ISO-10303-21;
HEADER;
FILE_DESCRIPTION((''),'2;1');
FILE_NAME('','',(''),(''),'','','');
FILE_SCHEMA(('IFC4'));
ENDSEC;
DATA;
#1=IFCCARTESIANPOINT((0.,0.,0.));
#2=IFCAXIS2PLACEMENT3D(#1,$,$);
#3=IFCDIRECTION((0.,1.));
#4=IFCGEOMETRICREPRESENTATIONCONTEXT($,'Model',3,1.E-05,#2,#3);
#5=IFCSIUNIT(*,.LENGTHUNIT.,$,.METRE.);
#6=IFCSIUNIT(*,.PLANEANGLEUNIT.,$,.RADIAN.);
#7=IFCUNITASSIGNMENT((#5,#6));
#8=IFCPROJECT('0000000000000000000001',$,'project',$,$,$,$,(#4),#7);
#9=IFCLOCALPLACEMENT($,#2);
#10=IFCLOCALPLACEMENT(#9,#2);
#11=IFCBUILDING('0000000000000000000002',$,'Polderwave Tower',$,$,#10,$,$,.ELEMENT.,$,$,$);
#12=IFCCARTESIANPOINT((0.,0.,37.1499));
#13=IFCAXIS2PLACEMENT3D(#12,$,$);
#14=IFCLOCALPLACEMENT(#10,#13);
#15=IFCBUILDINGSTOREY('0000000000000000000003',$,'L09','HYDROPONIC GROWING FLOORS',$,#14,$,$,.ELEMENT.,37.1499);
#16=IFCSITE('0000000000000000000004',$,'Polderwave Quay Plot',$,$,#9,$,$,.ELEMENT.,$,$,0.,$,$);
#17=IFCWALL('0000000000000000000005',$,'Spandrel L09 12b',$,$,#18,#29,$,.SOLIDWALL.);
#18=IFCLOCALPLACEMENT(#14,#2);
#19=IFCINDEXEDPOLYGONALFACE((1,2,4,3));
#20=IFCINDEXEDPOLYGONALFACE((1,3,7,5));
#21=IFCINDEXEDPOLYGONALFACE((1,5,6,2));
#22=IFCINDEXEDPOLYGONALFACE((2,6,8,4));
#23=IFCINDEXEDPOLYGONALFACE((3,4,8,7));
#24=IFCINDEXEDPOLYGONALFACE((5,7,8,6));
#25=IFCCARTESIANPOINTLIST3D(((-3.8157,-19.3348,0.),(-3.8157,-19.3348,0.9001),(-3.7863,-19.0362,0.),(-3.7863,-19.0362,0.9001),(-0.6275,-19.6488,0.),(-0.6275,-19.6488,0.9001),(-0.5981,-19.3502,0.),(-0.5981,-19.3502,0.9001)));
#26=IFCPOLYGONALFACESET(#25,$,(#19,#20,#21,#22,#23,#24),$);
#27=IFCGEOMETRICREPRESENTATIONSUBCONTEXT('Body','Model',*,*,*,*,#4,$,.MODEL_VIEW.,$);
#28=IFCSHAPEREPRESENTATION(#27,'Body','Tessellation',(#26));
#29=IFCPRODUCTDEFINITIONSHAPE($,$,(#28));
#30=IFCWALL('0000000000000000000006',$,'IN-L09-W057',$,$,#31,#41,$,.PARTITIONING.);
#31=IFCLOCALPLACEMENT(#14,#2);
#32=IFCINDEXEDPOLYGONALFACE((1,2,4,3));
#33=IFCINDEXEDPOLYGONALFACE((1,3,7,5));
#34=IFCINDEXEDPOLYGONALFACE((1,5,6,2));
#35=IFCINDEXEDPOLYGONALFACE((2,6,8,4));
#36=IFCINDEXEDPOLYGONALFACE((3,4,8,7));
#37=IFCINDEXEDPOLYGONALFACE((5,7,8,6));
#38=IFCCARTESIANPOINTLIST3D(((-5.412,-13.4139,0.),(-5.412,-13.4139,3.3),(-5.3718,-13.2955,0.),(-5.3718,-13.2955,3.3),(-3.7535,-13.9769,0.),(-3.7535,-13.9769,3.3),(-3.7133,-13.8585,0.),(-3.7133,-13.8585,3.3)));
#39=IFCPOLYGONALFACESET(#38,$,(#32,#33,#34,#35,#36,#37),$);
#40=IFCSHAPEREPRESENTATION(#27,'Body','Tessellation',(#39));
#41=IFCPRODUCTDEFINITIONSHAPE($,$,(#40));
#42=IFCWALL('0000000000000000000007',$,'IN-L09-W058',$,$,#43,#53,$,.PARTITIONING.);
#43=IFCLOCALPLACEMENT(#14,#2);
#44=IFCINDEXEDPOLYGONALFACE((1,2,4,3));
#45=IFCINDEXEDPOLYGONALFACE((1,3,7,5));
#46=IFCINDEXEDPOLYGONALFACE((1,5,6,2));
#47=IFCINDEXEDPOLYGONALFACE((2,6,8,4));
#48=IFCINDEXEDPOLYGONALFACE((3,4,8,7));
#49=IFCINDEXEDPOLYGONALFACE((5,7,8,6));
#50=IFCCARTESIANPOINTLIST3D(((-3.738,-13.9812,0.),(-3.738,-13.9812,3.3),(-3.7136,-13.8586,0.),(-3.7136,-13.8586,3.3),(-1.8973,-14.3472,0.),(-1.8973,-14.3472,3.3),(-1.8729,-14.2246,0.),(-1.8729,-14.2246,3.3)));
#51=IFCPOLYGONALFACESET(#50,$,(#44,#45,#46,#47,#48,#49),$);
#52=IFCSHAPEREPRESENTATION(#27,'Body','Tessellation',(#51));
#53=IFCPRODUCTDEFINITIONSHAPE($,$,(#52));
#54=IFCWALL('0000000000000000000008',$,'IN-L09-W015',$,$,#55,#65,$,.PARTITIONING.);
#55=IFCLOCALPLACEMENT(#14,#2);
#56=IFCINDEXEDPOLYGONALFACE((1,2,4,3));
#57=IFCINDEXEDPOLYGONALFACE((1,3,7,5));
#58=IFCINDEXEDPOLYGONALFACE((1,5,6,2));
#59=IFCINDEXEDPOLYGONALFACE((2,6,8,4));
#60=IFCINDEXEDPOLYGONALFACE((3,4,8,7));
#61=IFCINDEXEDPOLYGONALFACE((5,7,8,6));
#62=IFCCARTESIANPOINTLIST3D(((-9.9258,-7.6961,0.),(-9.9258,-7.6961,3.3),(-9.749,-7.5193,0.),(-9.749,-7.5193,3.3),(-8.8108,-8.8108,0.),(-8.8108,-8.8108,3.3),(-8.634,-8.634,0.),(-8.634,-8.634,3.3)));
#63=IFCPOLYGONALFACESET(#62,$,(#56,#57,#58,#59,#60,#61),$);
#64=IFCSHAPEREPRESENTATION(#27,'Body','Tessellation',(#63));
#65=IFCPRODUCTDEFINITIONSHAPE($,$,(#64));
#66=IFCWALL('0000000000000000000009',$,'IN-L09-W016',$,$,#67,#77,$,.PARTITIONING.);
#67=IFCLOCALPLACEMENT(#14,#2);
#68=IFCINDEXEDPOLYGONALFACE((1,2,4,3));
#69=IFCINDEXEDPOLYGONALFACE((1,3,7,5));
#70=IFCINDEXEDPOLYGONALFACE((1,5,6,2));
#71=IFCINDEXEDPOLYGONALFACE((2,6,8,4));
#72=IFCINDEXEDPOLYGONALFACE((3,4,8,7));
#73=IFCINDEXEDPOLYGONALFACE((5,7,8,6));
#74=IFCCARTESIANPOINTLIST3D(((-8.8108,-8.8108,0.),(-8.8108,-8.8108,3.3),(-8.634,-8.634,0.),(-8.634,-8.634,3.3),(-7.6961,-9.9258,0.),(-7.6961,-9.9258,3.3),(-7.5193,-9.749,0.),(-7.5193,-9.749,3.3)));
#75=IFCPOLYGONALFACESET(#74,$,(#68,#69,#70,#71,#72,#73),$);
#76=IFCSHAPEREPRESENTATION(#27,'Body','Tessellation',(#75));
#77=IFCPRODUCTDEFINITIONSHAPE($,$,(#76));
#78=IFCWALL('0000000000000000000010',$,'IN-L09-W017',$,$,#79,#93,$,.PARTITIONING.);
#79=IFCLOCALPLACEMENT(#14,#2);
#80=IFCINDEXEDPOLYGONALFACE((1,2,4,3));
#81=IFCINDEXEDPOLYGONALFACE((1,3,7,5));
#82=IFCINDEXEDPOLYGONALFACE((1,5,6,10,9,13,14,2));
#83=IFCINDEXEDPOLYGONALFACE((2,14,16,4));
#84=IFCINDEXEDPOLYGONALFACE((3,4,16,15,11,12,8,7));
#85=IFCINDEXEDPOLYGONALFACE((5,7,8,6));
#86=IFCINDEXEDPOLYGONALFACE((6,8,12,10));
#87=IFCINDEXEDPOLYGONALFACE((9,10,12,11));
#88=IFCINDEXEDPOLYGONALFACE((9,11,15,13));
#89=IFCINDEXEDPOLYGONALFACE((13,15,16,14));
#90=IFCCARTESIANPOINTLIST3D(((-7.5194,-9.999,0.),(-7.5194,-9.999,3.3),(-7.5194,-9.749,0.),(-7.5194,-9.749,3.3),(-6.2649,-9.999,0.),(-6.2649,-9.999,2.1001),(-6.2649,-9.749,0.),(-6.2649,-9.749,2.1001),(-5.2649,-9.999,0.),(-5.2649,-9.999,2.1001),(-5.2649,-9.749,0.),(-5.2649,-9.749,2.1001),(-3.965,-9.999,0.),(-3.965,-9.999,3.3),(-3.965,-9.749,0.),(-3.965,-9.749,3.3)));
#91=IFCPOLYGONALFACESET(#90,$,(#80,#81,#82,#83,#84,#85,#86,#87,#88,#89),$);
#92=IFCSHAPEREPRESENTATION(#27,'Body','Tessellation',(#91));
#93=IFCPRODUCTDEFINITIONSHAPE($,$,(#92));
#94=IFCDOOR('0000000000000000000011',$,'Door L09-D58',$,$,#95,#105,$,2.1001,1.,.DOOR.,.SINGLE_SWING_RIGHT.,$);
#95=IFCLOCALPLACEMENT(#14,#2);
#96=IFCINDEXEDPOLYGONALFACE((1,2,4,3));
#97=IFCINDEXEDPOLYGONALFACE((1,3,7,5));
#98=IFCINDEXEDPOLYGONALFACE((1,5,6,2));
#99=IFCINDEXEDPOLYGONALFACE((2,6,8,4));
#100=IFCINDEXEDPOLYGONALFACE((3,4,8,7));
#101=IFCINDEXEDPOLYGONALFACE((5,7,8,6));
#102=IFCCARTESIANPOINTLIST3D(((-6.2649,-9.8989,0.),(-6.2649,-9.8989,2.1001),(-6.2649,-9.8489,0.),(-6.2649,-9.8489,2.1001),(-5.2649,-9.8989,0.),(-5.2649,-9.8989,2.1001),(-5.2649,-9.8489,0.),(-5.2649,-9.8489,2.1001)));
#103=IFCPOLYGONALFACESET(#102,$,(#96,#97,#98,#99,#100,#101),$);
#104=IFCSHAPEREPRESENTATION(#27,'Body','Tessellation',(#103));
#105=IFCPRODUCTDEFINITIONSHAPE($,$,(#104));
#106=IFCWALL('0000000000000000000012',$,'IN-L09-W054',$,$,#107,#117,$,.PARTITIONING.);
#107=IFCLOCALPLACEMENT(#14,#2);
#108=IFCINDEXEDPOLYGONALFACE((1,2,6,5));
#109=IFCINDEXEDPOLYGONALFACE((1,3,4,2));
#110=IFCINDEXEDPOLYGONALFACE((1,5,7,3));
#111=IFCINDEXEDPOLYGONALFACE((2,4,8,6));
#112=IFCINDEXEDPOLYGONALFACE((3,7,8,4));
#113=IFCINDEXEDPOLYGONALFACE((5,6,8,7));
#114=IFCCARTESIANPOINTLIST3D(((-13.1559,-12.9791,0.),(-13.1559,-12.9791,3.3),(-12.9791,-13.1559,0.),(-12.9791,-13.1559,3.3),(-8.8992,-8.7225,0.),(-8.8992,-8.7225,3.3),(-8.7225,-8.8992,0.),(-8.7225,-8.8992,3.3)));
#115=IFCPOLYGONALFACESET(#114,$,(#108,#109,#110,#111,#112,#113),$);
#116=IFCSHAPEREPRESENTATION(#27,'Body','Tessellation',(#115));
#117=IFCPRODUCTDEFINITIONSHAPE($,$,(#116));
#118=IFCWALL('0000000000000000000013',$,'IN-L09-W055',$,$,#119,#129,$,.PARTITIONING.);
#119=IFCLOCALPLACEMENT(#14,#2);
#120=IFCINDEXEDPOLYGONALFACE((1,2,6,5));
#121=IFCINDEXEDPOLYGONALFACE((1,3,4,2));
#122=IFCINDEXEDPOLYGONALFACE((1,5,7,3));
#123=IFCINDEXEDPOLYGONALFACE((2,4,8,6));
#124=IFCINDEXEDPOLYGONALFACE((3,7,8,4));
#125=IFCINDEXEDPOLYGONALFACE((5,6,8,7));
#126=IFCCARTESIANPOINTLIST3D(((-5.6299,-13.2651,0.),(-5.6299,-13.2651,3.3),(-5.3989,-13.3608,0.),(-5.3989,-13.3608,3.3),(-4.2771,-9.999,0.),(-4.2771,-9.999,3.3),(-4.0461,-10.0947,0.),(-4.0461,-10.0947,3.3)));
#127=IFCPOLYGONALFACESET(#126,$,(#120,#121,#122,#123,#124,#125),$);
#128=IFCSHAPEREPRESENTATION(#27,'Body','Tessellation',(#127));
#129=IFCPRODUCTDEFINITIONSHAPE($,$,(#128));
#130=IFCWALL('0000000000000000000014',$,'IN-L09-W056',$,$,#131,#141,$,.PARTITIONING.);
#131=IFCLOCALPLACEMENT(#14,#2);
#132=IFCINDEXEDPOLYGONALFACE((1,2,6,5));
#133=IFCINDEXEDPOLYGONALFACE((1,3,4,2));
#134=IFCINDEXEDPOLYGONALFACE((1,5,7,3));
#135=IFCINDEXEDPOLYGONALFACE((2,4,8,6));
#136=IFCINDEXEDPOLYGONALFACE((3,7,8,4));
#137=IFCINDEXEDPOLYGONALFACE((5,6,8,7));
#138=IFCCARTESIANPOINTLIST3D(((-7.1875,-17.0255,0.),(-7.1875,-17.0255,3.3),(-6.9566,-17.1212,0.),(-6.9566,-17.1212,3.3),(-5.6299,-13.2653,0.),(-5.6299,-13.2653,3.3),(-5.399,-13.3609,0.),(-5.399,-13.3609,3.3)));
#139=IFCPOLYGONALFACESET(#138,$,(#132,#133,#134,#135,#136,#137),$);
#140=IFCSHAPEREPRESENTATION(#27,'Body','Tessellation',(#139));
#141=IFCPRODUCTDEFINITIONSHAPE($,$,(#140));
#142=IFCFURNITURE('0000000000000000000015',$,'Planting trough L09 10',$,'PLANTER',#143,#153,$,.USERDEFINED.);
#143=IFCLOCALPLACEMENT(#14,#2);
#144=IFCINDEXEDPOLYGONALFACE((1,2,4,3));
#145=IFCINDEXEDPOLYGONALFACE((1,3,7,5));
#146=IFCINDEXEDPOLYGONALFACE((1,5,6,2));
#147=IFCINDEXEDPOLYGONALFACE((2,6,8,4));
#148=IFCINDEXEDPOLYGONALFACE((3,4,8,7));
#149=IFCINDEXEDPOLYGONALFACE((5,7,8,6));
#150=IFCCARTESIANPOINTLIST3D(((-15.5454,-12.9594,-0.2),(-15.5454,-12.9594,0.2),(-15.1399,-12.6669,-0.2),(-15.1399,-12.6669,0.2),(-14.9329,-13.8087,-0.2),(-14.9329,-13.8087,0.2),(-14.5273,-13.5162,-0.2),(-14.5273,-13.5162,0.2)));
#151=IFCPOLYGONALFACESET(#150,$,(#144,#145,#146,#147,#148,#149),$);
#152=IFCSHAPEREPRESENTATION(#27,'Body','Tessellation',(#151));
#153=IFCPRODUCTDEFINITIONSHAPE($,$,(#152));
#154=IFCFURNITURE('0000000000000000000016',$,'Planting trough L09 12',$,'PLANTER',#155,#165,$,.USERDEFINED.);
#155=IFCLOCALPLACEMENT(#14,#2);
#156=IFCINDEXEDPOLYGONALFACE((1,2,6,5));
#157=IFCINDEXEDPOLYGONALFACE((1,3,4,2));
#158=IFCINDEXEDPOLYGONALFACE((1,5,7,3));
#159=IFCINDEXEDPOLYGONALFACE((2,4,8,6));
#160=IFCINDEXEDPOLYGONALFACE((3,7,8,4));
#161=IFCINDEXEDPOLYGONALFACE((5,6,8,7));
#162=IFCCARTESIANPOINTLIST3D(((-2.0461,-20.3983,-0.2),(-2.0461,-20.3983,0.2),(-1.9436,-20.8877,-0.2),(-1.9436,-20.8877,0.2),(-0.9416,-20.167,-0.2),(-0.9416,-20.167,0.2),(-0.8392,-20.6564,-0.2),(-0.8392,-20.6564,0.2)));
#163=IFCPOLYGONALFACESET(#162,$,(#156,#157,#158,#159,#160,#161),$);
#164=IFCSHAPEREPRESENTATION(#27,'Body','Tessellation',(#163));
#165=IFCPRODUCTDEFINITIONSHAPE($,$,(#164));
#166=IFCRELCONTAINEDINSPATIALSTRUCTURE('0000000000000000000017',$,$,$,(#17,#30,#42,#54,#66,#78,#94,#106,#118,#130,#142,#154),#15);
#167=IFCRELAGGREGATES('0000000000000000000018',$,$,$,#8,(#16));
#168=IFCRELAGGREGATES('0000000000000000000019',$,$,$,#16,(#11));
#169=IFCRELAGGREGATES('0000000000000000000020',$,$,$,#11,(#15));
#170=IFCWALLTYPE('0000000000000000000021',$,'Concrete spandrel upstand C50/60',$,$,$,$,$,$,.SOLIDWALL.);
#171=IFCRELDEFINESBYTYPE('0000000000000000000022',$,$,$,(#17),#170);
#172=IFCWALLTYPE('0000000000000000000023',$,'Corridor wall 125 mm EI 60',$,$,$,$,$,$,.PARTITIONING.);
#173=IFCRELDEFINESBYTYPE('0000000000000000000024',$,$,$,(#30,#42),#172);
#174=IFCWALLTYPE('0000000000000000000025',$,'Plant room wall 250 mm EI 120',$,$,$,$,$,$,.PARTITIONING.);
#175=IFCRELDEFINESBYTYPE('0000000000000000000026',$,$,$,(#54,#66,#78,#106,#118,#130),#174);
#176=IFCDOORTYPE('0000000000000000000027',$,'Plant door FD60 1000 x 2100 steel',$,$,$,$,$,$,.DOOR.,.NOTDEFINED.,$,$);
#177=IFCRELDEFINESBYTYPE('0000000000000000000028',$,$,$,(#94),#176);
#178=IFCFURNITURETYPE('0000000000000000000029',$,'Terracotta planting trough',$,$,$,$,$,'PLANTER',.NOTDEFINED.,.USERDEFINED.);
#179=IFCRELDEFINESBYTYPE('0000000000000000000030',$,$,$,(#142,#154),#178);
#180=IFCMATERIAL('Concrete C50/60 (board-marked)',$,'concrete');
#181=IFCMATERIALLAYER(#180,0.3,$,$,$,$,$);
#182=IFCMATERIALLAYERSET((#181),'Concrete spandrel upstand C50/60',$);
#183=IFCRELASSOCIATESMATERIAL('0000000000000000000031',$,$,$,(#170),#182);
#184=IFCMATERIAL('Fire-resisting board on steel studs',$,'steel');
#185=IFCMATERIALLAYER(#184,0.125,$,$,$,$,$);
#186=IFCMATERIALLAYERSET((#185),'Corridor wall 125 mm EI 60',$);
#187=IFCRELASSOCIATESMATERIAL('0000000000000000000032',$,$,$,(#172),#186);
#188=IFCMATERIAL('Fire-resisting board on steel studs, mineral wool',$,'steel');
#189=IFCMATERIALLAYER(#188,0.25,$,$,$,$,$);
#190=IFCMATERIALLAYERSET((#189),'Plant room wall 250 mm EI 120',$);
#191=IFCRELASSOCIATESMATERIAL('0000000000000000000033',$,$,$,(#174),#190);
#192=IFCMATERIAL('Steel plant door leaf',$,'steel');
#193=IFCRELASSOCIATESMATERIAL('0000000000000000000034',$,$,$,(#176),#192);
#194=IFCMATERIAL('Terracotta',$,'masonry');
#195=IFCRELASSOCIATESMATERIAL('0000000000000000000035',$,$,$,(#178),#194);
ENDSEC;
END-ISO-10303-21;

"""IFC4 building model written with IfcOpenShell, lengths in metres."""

from ifc_helpers import new_model, si_unit, direction, frame, frame_2d, origin, origin_2d, place, context, subcontext, project, spatial, rectangle, extrude, material, layer, layer_set, type_object, element, fill, save


model = new_model("IFC4")

# Units and contexts
model_context = context("Model", 3, precision=1e-05, world=origin(), true_north=direction((0.0, 1.0)))
body_context = subcontext(model_context, "Body", "Model", "MODEL_VIEW")
ifc_project = project(units=[si_unit("LENGTHUNIT", "METRE"), si_unit("PLANEANGLEUNIT", "RADIAN")], contexts=[model_context])

# Site, building, storey
site_placement = place(None, origin())
site = spatial("IfcSite", under=ifc_project, at=site_placement, Name="Polderwave Quay Plot", CompositionType="ELEMENT", RefElevation=0.0)
building_placement = place(site_placement, origin())
building = spatial("IfcBuilding", under=site, at=building_placement, Name="Polderwave Tower", CompositionType="ELEMENT")
storey_placement = place(building_placement, frame((0.0, 0.0, 37.1499)))
storey = spatial("IfcBuildingStorey", under=building, at=storey_placement, Name="L09", Description="HYDROPONIC GROWING FLOORS", CompositionType="ELEMENT", Elevation=37.1499)

# Walls
ifc_material_1 = material(Name="Concrete C50/60 (board-marked)", Category="concrete")
ifc_layer_1 = layer(ifc_material_1, 0.3)
ifc_layer_set_1 = layer_set([ifc_layer_1], Name="Concrete spandrel upstand C50/60")
wall_type_1 = type_object("IfcWallType", Name="Concrete spandrel upstand C50/60", PredefinedType="SOLIDWALL", material=ifc_layer_set_1)
wall_1_placement = place(storey_placement, frame((-3.801, -19.1855, 0.0), z_axis=(0.0, 0.0, 1.0), x_axis=(0.995186, -0.098002, 0.0)))
element("IfcWall", 1, at=wall_1_placement, inside=storey, type_object=wall_type_1, Name="Spandrel L09 12b", PredefinedType="SOLIDWALL", context=body_context, shape_type="SweptSolid", body=[
    extrude(rectangle(XDim=3.2036, YDim=0.3, at=frame_2d((1.6018, 0.0))), origin(), (0.0, 0.0, 1.0), 0.9001),
])
ifc_material_2 = material(Name="Fire-resisting board on steel studs", Category="steel")
ifc_layer_2 = layer(ifc_material_2, 0.125)
ifc_layer_set_2 = layer_set([ifc_layer_2], Name="Corridor wall 125 mm EI 60")
wall_type_2 = type_object("IfcWallType", Name="Corridor wall 125 mm EI 60", PredefinedType="PARTITIONING", material=ifc_layer_set_2)
wall_2_placement = place(storey_placement, frame((-3.7334, -13.9177, 0.0), z_axis=(0.0, 0.0, 1.0), x_axis=(-0.946926, 0.32145, 0.0)))
element("IfcWall", 2, at=wall_2_placement, inside=storey, type_object=wall_type_2, Name="IN-L09-W057", PredefinedType="PARTITIONING", context=body_context, shape_type="SweptSolid", body=[
    extrude(rectangle(XDim=1.7515, YDim=0.125, at=frame_2d((0.8757, 0.0))), origin(), (0.0, 0.0, 1.0), 3.3),
])
wall_3_placement = place(storey_placement, frame((-1.885, -14.2859, 0.0), z_axis=(0.0, 0.0, 1.0), x_axis=(-0.9808, 0.195015, 0.0)))
element("IfcWall", 3, at=wall_3_placement, inside=storey, type_object=wall_type_2, Name="IN-L09-W058", PredefinedType="PARTITIONING", context=body_context, shape_type="SweptSolid", body=[
    extrude(rectangle(XDim=1.8767, YDim=0.125, at=frame_2d((0.9385, 0.0))), origin(), (0.0, 0.0, 1.0), 3.3),
])
ifc_material_3 = material(Name="Fire-resisting board on steel studs, mineral wool", Category="steel")
ifc_layer_3 = layer(ifc_material_3, 0.25)
ifc_layer_set_3 = layer_set([ifc_layer_3], Name="Plant room wall 250 mm EI 120")
wall_type_3 = type_object("IfcWallType", Name="Plant room wall 250 mm EI 120", PredefinedType="PARTITIONING", material=ifc_layer_set_3)
for number, where, z_axis, x_axis, name in (
    (4, (-8.7224, -8.7224, 0.0), (0.0, 0.0, 1.0), (-0.707184, 0.707029, 0.0), "IN-L09-W015"),
    (5, (-7.6077, -9.8374, 0.0), (0.0, 0.0, 1.0), (-0.707029, 0.707184, 0.0), "IN-L09-W016"),
):
    element("IfcWall", number, at=place(storey_placement, frame(where, z_axis=z_axis, x_axis=x_axis)), inside=storey, type_object=wall_type_3, Name=name, PredefinedType="PARTITIONING", context=body_context, shape_type="SweptSolid", body=[
        extrude(rectangle(XDim=1.5767, YDim=0.25, at=frame_2d((0.7883, 0.0))), origin(), (0.0, 0.0, 1.0), 3.3),
    ])

# Wall, opening, door
wall_4_placement = place(storey_placement, frame((-3.9648, -9.874, 0.0), z_axis=(0.0, 0.0, 1.0), x_axis=(-1.0, 0.0, 0.0)))
wall_4 = element("IfcWall", 6, at=wall_4_placement, inside=storey, type_object=wall_type_3, Name="IN-L09-W017", PredefinedType="PARTITIONING", context=body_context, shape_type="SweptSolid", body=[
    extrude(rectangle(XDim=3.5544, YDim=0.25, at=frame_2d((1.7773, 0.0))), origin(), (0.0, 0.0, 1.0), 3.3),
])
opening_placement = place(wall_4_placement, frame((1.3, 0.0, 0.0)))
opening = element("IfcOpeningElement", 7, at=opening_placement, cuts=wall_4, PredefinedType="OPENING", context=body_context, shape_type="SweptSolid", body=[
    extrude(rectangle(XDim=1.0, YDim=2.1001, at=frame_2d((0.5, 1.05))), frame((0.0, 0.135, 0.0), z_axis=(0.0, -1.0, 0.0), x_axis=(1.0, 0.0, 0.0)), (0.0, 0.0, 1.0), 0.27),
])
ifc_material_4 = material(Name="Steel plant door leaf", Category="steel")
door_type = type_object("IfcDoorType", Name="Plant door FD60 1000 x 2100 steel", OperationType="NOTDEFINED", PredefinedType="DOOR", material=ifc_material_4)
door_placement = place(opening_placement, origin())
door = element("IfcDoor", 8, at=door_placement, inside=storey, type_object=door_type, Name="Door L09-D58", OperationType="SINGLE_SWING_RIGHT", OverallHeight=2.1001, OverallWidth=1.0, PredefinedType="DOOR", context=body_context, shape_type="SweptSolid", body=[
    extrude(rectangle(XDim=1.0, YDim=2.1001, at=frame_2d((0.5, 1.05))), frame((0.0, 0.0249, 0.0), z_axis=(0.0, -1.0, 0.0), x_axis=(1.0, 0.0, 0.0)), (0.0, 0.0, 1.0), 0.05),
])
fill(opening, door)

# Walls
wall_5_placement = place(storey_placement, frame((-13.0674, -13.0674, 0.0), z_axis=(0.0, 0.0, 1.0), x_axis=(0.707107, 0.707107, 0.0)))
element("IfcWall", 9, at=wall_5_placement, inside=storey, type_object=wall_type_3, Name="IN-L09-W054", PredefinedType="PARTITIONING", context=body_context, shape_type="SweptSolid", body=[
    extrude(rectangle(XDim=6.0198, YDim=0.25, at=frame_2d((3.0098, 0.0))), origin(), (0.0, 0.0, 1.0), 3.3),
])
wall_6_placement = place(storey_placement, frame((-4.1616, -10.0469, 0.0), z_axis=(0.0, 0.0, 1.0), x_axis=(-0.382663, -0.923888, 0.0)))
element("IfcWall", 10, at=wall_6_placement, inside=storey, type_object=wall_type_3, Name="IN-L09-W055", PredefinedType="PARTITIONING", context=body_context, shape_type="SweptSolid", body=[
    extrude(rectangle(XDim=3.5352, YDim=0.25, at=frame_2d((1.7676, 0.0))), origin(), (0.0, 0.0, 1.0), 3.3),
])
wall_7_placement = place(storey_placement, frame((-5.5144, -13.313, 0.0), z_axis=(0.0, 0.0, 1.0), x_axis=(-0.382698, -0.923874, 0.0)))
element("IfcWall", 11, at=wall_7_placement, inside=storey, type_object=wall_type_3, Name="IN-L09-W056", PredefinedType="PARTITIONING", context=body_context, shape_type="SweptSolid", body=[
    extrude(rectangle(XDim=4.0701, YDim=0.25, at=frame_2d((2.0352, 0.0))), origin(), (0.0, 0.0, 1.0), 3.3),
])

# Furniture
ifc_material_5 = material(Name="Terracotta", Category="masonry")
furniture_type = type_object("IfcFurnitureType", Name="Terracotta planting trough", ElementType="PLANTER", AssemblyPlace="NOTDEFINED", PredefinedType="USERDEFINED", material=ifc_material_5)
furniture_1_placement = place(storey_placement, frame((-15.0364, -13.2378, -0.2), z_axis=(0.0, 0.0, 1.0), x_axis=(0.584961, -0.811062, 0.0)))
element("IfcFurniture", 12, at=furniture_1_placement, inside=storey, type_object=furniture_type, Name="Planting trough L09 10", ObjectType="PLANTER", PredefinedType="USERDEFINED", context=body_context, shape_type="SweptSolid", body=[
    extrude(rectangle(XDim=1.0471, YDim=0.5, at=origin_2d()), origin(), (0.0, 0.0, 1.0), 0.3999),
])
furniture_2_placement = place(storey_placement, frame((-1.4426, -20.5273, -0.2), z_axis=(0.0, 0.0, 1.0), x_axis=(0.978774, 0.204942, 0.0)))
element("IfcFurniture", 13, at=furniture_2_placement, inside=storey, type_object=furniture_type, Name="Planting trough L09 12", ObjectType="PLANTER", PredefinedType="USERDEFINED", context=body_context, shape_type="SweptSolid", body=[
    extrude(rectangle(XDim=1.1284, YDim=0.5, at=origin_2d()), origin(), (0.0, 0.0, 1.0), 0.3999),
])

save(model, "model.ifc")
